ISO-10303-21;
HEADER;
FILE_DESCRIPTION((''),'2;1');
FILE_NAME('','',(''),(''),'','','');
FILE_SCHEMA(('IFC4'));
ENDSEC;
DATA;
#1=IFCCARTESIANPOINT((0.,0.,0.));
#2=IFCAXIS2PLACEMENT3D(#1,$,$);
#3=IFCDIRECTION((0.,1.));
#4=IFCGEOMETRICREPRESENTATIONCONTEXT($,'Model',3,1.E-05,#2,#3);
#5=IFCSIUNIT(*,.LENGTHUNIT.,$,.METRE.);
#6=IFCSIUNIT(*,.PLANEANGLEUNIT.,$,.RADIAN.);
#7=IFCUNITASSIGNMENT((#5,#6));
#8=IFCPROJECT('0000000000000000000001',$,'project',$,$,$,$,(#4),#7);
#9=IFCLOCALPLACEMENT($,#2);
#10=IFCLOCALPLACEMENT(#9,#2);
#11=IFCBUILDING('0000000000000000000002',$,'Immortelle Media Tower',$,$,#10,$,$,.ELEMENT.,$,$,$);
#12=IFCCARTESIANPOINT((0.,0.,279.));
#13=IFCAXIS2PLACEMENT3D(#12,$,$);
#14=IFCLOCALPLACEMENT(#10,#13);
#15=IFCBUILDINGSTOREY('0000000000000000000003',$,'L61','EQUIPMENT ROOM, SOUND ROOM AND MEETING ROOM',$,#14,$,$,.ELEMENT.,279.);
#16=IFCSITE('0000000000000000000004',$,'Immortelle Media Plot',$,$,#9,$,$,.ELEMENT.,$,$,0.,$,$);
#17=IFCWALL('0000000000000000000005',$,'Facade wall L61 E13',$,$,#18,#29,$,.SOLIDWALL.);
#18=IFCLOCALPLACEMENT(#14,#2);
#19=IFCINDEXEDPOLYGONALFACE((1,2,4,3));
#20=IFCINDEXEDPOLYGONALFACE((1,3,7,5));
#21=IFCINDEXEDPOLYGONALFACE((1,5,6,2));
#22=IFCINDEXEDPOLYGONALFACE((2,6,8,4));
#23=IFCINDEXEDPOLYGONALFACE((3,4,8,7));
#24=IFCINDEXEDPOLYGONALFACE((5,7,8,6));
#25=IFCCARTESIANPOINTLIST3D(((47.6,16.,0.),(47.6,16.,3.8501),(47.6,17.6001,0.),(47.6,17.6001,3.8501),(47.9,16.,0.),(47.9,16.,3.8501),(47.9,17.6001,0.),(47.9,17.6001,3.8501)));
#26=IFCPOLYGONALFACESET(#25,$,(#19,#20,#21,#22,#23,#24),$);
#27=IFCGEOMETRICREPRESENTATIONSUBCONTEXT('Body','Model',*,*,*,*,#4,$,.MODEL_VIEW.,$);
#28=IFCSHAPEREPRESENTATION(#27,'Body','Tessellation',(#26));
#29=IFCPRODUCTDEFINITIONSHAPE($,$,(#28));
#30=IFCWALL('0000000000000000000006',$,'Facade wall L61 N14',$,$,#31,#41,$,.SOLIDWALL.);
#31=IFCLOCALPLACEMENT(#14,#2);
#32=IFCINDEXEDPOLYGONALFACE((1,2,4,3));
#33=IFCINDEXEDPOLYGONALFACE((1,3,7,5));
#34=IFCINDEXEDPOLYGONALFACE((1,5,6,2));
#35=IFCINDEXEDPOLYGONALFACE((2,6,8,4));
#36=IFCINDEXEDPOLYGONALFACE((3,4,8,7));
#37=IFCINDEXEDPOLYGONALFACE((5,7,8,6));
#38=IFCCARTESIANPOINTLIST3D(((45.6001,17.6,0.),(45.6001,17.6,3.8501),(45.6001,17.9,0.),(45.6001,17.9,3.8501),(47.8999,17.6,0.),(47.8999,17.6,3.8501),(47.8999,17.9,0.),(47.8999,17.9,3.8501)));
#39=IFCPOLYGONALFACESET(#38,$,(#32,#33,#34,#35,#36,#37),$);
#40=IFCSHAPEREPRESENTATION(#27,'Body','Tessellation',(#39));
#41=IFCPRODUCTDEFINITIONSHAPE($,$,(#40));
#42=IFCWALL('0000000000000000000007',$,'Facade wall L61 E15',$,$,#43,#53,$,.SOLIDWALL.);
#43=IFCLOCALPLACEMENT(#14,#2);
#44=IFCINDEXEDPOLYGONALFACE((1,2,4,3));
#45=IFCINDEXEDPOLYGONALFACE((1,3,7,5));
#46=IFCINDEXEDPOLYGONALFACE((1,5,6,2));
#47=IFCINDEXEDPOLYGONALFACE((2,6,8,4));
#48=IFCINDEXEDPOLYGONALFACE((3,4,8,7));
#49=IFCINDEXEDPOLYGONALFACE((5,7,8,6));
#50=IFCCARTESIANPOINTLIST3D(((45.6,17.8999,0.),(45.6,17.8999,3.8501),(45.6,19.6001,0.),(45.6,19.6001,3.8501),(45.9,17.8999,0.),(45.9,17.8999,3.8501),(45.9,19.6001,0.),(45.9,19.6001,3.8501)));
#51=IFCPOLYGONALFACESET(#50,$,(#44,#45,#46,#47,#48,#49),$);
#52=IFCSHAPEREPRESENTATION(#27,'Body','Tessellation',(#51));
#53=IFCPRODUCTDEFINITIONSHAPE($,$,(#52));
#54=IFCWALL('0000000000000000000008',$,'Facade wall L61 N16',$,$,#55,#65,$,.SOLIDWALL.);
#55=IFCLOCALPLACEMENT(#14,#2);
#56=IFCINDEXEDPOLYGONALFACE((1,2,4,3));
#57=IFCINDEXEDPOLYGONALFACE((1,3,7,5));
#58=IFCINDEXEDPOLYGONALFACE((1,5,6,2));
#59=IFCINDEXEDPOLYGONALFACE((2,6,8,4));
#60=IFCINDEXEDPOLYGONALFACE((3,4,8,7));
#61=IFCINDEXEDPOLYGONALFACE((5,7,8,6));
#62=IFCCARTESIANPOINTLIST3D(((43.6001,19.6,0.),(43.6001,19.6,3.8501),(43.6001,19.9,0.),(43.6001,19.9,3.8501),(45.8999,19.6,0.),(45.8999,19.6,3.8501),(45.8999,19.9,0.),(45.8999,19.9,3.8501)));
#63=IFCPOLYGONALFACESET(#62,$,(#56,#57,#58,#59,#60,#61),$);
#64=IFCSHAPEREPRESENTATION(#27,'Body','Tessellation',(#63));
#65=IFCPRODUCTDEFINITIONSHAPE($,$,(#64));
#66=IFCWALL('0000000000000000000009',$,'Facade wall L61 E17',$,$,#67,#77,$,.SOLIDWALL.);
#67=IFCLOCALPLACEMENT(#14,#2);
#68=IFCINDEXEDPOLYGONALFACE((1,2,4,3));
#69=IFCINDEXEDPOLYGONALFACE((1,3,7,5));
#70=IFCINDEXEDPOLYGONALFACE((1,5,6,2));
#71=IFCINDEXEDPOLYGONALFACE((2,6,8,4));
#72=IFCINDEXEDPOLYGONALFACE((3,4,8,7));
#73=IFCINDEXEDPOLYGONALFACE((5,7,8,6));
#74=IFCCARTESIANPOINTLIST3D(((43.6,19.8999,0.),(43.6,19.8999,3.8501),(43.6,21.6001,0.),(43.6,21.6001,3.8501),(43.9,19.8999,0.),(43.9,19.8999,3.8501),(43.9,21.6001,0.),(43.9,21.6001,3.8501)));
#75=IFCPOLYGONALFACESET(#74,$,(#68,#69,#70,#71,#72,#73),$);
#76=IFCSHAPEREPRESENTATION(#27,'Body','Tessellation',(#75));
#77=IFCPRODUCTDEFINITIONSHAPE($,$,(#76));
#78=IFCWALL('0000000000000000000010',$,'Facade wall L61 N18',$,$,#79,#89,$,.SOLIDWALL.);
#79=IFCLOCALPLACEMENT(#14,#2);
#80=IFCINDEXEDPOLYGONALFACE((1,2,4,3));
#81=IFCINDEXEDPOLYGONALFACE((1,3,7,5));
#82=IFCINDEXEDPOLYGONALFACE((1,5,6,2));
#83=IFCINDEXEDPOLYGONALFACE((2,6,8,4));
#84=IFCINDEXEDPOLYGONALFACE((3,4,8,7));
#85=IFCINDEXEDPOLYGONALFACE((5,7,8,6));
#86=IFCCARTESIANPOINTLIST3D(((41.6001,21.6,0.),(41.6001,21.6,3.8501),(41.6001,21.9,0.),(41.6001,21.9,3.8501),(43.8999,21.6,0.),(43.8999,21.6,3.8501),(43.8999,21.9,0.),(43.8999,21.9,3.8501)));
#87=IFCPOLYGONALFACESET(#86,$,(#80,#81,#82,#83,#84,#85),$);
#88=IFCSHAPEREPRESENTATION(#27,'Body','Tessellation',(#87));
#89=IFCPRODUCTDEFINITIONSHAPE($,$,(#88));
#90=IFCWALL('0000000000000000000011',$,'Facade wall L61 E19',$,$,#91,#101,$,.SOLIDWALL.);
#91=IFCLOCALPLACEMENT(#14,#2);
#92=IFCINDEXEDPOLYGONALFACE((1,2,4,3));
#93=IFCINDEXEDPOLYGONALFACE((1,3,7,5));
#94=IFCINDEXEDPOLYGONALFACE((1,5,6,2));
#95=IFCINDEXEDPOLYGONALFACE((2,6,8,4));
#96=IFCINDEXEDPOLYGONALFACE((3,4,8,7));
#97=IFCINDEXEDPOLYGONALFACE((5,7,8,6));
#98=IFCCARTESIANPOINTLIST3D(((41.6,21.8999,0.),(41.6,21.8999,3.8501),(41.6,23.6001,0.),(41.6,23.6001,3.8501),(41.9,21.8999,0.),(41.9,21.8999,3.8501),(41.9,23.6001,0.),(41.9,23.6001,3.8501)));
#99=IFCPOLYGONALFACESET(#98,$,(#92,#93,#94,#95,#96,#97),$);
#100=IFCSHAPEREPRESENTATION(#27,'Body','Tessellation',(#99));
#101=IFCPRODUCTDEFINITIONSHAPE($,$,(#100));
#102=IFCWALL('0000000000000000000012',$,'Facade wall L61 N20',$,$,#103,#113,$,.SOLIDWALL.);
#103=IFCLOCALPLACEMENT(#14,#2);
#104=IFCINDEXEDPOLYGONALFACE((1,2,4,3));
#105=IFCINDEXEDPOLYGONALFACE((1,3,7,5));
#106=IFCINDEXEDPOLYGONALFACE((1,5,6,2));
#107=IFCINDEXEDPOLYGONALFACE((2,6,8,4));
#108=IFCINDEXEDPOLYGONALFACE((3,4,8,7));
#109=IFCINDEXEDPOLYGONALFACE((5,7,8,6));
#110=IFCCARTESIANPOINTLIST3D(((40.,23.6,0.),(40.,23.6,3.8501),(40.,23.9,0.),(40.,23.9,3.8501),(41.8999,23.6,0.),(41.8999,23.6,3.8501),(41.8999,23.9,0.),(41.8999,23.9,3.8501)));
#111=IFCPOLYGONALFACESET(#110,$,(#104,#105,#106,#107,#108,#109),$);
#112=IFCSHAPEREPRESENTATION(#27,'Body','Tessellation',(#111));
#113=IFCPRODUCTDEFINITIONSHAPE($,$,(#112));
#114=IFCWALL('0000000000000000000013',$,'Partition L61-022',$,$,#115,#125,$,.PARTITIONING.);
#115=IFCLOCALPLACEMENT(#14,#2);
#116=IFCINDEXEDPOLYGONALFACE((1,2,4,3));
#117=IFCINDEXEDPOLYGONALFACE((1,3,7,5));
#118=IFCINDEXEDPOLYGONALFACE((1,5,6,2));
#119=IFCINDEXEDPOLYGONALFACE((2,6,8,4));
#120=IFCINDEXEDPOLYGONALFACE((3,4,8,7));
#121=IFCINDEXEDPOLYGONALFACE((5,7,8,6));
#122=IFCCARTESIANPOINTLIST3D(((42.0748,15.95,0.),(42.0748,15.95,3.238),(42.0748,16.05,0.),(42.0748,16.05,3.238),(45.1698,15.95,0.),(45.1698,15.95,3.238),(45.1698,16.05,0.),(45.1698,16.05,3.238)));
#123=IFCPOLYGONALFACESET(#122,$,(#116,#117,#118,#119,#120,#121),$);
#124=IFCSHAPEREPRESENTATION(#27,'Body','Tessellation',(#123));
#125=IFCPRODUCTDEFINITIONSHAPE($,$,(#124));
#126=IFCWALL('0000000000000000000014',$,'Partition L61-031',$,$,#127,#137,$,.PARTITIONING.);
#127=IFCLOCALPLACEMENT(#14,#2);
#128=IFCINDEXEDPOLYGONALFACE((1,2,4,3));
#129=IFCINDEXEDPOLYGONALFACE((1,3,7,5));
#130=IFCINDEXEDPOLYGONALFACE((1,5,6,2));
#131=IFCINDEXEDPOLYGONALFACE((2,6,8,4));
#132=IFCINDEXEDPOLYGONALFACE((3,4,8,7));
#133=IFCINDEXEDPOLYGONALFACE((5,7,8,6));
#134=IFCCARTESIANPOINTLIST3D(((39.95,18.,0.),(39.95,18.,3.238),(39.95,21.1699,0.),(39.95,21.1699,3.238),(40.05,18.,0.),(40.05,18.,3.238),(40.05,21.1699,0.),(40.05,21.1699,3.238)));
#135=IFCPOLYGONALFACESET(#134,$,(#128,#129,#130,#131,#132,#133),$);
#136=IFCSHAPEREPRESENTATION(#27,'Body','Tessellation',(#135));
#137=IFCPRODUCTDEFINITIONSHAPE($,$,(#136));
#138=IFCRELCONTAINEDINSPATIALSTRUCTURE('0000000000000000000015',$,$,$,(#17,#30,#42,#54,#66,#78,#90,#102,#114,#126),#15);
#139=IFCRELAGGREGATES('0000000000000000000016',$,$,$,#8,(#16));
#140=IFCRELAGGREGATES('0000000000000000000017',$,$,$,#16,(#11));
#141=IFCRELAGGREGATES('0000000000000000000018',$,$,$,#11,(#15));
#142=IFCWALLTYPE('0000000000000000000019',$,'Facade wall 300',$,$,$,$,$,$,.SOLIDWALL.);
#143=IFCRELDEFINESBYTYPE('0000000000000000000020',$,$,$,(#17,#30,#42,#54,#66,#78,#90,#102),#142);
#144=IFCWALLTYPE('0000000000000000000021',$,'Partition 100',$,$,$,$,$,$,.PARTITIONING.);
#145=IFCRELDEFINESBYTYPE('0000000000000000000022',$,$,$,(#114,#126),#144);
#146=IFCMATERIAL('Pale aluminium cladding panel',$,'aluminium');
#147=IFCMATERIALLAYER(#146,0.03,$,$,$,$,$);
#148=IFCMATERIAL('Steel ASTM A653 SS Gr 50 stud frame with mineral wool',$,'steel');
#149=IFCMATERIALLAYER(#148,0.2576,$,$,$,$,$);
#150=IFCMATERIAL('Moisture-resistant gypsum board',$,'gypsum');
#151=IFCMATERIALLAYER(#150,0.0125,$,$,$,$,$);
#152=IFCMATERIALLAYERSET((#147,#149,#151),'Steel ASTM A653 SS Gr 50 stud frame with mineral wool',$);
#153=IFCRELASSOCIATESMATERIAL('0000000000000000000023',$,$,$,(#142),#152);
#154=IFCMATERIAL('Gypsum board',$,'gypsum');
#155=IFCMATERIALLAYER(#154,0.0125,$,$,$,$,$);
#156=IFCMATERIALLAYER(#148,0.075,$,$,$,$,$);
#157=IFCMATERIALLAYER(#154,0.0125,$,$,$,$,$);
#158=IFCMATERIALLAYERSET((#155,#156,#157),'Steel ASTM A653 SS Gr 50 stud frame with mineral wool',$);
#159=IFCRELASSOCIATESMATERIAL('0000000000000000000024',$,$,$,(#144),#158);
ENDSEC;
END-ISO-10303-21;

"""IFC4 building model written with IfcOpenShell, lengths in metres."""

from ifc_helpers import new_model, si_unit, direction, frame, frame_2d, origin, place, context, subcontext, project, spatial, rectangle, extrude, material, layer, layer_set, type_object, element, save


model = new_model("IFC4")

# Units and contexts
model_context = context("Model", 3, precision=1e-05, world=origin(), true_north=direction((0.0, 1.0)))
body_context = subcontext(model_context, "Body", "Model", "MODEL_VIEW")
ifc_project = project(units=[si_unit("LENGTHUNIT", "METRE"), si_unit("PLANEANGLEUNIT", "RADIAN")], contexts=[model_context])

# Site, building, storey
site_placement = place(None, origin())
site = spatial("IfcSite", under=ifc_project, at=site_placement, Name="Immortelle Media Plot", CompositionType="ELEMENT", RefElevation=0.0)
building_placement = place(site_placement, origin())
building = spatial("IfcBuilding", under=site, at=building_placement, Name="Immortelle Media Tower", CompositionType="ELEMENT")
storey_placement = place(building_placement, frame((0.0, 0.0, 279.0)))
storey = spatial("IfcBuildingStorey", under=building, at=storey_placement, Name="L61", Description="EQUIPMENT ROOM, SOUND ROOM AND MEETING ROOM", CompositionType="ELEMENT", Elevation=279.0)

# Walls
ifc_material_1 = material(Name="Steel ASTM A653 SS Gr 50 stud frame with mineral wool", Category="steel")
ifc_material_2 = material(Name="Pale aluminium cladding panel", Category="aluminium")
ifc_layer_1 = layer(ifc_material_2, 0.03)
ifc_layer_2 = layer(ifc_material_1, 0.2576)
ifc_material_3 = material(Name="Moisture-resistant gypsum board", Category="gypsum")
ifc_layer_3 = layer(ifc_material_3, 0.0125)
ifc_layer_set_1 = layer_set([ifc_layer_1, ifc_layer_2, ifc_layer_3], Name="Steel ASTM A653 SS Gr 50 stud frame with mineral wool")
wall_type_1 = type_object("IfcWallType", Name="Facade wall 300", PredefinedType="SOLIDWALL", material=ifc_layer_set_1)
wall_1_placement = place(storey_placement, frame((47.75, 16.0, 0.0), z_axis=(0.0, 0.0, 1.0), x_axis=(0.0, 1.0, 0.0)))
element("IfcWall", 1, at=wall_1_placement, inside=storey, type_object=wall_type_1, Name="Facade wall L61 E13", PredefinedType="SOLIDWALL", context=body_context, shape_type="SweptSolid", body=[
    extrude(rectangle(XDim=1.6001, YDim=0.3, at=frame_2d((0.8, 0.0))), origin(), (0.0, 0.0, 1.0), 3.8501),
])
wall_2_placement = place(storey_placement, frame((47.8999, 17.75, 0.0), z_axis=(0.0, 0.0, 1.0), x_axis=(-1.0, 0.0, 0.0)))
element("IfcWall", 2, at=wall_2_placement, inside=storey, type_object=wall_type_1, Name="Facade wall L61 N14", PredefinedType="SOLIDWALL", context=body_context, shape_type="SweptSolid", body=[
    extrude(rectangle(XDim=2.2998, YDim=0.3, at=frame_2d((1.1499, 0.0))), origin(), (0.0, 0.0, 1.0), 3.8501),
])
wall_3_placement = place(storey_placement, frame((45.75, 17.8999, 0.0), z_axis=(0.0, 0.0, 1.0), x_axis=(0.0, 1.0, 0.0)))
element("IfcWall", 3, at=wall_3_placement, inside=storey, type_object=wall_type_1, Name="Facade wall L61 E15", PredefinedType="SOLIDWALL", context=body_context, shape_type="SweptSolid", body=[
    extrude(rectangle(XDim=1.7002, YDim=0.3, at=frame_2d((0.8501, 0.0))), origin(), (0.0, 0.0, 1.0), 3.8501),
])
wall_4_placement = place(storey_placement, frame((45.8999, 19.75, 0.0), z_axis=(0.0, 0.0, 1.0), x_axis=(-1.0, 0.0, 0.0)))
element("IfcWall", 4, at=wall_4_placement, inside=storey, type_object=wall_type_1, Name="Facade wall L61 N16", PredefinedType="SOLIDWALL", context=body_context, shape_type="SweptSolid", body=[
    extrude(rectangle(XDim=2.2998, YDim=0.3, at=frame_2d((1.1499, 0.0))), origin(), (0.0, 0.0, 1.0), 3.8501),
])
wall_5_placement = place(storey_placement, frame((43.75, 19.8999, 0.0), z_axis=(0.0, 0.0, 1.0), x_axis=(0.0, 1.0, 0.0)))
element("IfcWall", 5, at=wall_5_placement, inside=storey, type_object=wall_type_1, Name="Facade wall L61 E17", PredefinedType="SOLIDWALL", context=body_context, shape_type="SweptSolid", body=[
    extrude(rectangle(XDim=1.7002, YDim=0.3, at=frame_2d((0.8501, 0.0))), origin(), (0.0, 0.0, 1.0), 3.8501),
])
wall_6_placement = place(storey_placement, frame((43.8999, 21.75, 0.0), z_axis=(0.0, 0.0, 1.0), x_axis=(-1.0, 0.0, 0.0)))
element("IfcWall", 6, at=wall_6_placement, inside=storey, type_object=wall_type_1, Name="Facade wall L61 N18", PredefinedType="SOLIDWALL", context=body_context, shape_type="SweptSolid", body=[
    extrude(rectangle(XDim=2.2998, YDim=0.3, at=frame_2d((1.1499, 0.0))), origin(), (0.0, 0.0, 1.0), 3.8501),
])
wall_7_placement = place(storey_placement, frame((41.75, 21.8999, 0.0), z_axis=(0.0, 0.0, 1.0), x_axis=(0.0, 1.0, 0.0)))
element("IfcWall", 7, at=wall_7_placement, inside=storey, type_object=wall_type_1, Name="Facade wall L61 E19", PredefinedType="SOLIDWALL", context=body_context, shape_type="SweptSolid", body=[
    extrude(rectangle(XDim=1.7002, YDim=0.3, at=frame_2d((0.8501, 0.0))), origin(), (0.0, 0.0, 1.0), 3.8501),
])
wall_8_placement = place(storey_placement, frame((41.8999, 23.75, 0.0), z_axis=(0.0, 0.0, 1.0), x_axis=(-1.0, 0.0, 0.0)))
element("IfcWall", 8, at=wall_8_placement, inside=storey, type_object=wall_type_1, Name="Facade wall L61 N20", PredefinedType="SOLIDWALL", context=body_context, shape_type="SweptSolid", body=[
    extrude(rectangle(XDim=1.8999, YDim=0.3, at=frame_2d((0.95, 0.0))), origin(), (0.0, 0.0, 1.0), 3.8501),
])
ifc_material_4 = material(Name="Gypsum board", Category="gypsum")
ifc_layer_4 = layer(ifc_material_4, 0.0125)
ifc_layer_5 = layer(ifc_material_1, 0.075)
ifc_layer_6 = layer(ifc_material_4, 0.0125)
ifc_layer_set_2 = layer_set([ifc_layer_4, ifc_layer_5, ifc_layer_6], Name="Steel ASTM A653 SS Gr 50 stud frame with mineral wool")
wall_type_2 = type_object("IfcWallType", Name="Partition 100", PredefinedType="PARTITIONING", material=ifc_layer_set_2)
wall_9_placement = place(storey_placement, frame((42.075, 16.0, 0.0), z_axis=(0.0, 0.0, 1.0), x_axis=(1.0, 0.0, 0.0)))
element("IfcWall", 9, at=wall_9_placement, inside=storey, type_object=wall_type_2, Name="Partition L61-022", PredefinedType="PARTITIONING", context=body_context, shape_type="SweptSolid", body=[
    extrude(rectangle(XDim=3.095, YDim=0.1001, at=frame_2d((1.5474, 0.0))), origin(), (0.0, 0.0, 1.0), 3.238),
])
wall_10_placement = place(storey_placement, frame((40.0, 18.0, 0.0), z_axis=(0.0, 0.0, 1.0), x_axis=(0.0, 1.0, 0.0)))
element("IfcWall", 10, at=wall_10_placement, inside=storey, type_object=wall_type_2, Name="Partition L61-031", PredefinedType="PARTITIONING", context=body_context, shape_type="SweptSolid", body=[
    extrude(rectangle(XDim=3.1699, YDim=0.1001, at=frame_2d((1.585, 0.0))), origin(), (0.0, 0.0, 1.0), 3.238),
])

save(model, "model.ifc")
